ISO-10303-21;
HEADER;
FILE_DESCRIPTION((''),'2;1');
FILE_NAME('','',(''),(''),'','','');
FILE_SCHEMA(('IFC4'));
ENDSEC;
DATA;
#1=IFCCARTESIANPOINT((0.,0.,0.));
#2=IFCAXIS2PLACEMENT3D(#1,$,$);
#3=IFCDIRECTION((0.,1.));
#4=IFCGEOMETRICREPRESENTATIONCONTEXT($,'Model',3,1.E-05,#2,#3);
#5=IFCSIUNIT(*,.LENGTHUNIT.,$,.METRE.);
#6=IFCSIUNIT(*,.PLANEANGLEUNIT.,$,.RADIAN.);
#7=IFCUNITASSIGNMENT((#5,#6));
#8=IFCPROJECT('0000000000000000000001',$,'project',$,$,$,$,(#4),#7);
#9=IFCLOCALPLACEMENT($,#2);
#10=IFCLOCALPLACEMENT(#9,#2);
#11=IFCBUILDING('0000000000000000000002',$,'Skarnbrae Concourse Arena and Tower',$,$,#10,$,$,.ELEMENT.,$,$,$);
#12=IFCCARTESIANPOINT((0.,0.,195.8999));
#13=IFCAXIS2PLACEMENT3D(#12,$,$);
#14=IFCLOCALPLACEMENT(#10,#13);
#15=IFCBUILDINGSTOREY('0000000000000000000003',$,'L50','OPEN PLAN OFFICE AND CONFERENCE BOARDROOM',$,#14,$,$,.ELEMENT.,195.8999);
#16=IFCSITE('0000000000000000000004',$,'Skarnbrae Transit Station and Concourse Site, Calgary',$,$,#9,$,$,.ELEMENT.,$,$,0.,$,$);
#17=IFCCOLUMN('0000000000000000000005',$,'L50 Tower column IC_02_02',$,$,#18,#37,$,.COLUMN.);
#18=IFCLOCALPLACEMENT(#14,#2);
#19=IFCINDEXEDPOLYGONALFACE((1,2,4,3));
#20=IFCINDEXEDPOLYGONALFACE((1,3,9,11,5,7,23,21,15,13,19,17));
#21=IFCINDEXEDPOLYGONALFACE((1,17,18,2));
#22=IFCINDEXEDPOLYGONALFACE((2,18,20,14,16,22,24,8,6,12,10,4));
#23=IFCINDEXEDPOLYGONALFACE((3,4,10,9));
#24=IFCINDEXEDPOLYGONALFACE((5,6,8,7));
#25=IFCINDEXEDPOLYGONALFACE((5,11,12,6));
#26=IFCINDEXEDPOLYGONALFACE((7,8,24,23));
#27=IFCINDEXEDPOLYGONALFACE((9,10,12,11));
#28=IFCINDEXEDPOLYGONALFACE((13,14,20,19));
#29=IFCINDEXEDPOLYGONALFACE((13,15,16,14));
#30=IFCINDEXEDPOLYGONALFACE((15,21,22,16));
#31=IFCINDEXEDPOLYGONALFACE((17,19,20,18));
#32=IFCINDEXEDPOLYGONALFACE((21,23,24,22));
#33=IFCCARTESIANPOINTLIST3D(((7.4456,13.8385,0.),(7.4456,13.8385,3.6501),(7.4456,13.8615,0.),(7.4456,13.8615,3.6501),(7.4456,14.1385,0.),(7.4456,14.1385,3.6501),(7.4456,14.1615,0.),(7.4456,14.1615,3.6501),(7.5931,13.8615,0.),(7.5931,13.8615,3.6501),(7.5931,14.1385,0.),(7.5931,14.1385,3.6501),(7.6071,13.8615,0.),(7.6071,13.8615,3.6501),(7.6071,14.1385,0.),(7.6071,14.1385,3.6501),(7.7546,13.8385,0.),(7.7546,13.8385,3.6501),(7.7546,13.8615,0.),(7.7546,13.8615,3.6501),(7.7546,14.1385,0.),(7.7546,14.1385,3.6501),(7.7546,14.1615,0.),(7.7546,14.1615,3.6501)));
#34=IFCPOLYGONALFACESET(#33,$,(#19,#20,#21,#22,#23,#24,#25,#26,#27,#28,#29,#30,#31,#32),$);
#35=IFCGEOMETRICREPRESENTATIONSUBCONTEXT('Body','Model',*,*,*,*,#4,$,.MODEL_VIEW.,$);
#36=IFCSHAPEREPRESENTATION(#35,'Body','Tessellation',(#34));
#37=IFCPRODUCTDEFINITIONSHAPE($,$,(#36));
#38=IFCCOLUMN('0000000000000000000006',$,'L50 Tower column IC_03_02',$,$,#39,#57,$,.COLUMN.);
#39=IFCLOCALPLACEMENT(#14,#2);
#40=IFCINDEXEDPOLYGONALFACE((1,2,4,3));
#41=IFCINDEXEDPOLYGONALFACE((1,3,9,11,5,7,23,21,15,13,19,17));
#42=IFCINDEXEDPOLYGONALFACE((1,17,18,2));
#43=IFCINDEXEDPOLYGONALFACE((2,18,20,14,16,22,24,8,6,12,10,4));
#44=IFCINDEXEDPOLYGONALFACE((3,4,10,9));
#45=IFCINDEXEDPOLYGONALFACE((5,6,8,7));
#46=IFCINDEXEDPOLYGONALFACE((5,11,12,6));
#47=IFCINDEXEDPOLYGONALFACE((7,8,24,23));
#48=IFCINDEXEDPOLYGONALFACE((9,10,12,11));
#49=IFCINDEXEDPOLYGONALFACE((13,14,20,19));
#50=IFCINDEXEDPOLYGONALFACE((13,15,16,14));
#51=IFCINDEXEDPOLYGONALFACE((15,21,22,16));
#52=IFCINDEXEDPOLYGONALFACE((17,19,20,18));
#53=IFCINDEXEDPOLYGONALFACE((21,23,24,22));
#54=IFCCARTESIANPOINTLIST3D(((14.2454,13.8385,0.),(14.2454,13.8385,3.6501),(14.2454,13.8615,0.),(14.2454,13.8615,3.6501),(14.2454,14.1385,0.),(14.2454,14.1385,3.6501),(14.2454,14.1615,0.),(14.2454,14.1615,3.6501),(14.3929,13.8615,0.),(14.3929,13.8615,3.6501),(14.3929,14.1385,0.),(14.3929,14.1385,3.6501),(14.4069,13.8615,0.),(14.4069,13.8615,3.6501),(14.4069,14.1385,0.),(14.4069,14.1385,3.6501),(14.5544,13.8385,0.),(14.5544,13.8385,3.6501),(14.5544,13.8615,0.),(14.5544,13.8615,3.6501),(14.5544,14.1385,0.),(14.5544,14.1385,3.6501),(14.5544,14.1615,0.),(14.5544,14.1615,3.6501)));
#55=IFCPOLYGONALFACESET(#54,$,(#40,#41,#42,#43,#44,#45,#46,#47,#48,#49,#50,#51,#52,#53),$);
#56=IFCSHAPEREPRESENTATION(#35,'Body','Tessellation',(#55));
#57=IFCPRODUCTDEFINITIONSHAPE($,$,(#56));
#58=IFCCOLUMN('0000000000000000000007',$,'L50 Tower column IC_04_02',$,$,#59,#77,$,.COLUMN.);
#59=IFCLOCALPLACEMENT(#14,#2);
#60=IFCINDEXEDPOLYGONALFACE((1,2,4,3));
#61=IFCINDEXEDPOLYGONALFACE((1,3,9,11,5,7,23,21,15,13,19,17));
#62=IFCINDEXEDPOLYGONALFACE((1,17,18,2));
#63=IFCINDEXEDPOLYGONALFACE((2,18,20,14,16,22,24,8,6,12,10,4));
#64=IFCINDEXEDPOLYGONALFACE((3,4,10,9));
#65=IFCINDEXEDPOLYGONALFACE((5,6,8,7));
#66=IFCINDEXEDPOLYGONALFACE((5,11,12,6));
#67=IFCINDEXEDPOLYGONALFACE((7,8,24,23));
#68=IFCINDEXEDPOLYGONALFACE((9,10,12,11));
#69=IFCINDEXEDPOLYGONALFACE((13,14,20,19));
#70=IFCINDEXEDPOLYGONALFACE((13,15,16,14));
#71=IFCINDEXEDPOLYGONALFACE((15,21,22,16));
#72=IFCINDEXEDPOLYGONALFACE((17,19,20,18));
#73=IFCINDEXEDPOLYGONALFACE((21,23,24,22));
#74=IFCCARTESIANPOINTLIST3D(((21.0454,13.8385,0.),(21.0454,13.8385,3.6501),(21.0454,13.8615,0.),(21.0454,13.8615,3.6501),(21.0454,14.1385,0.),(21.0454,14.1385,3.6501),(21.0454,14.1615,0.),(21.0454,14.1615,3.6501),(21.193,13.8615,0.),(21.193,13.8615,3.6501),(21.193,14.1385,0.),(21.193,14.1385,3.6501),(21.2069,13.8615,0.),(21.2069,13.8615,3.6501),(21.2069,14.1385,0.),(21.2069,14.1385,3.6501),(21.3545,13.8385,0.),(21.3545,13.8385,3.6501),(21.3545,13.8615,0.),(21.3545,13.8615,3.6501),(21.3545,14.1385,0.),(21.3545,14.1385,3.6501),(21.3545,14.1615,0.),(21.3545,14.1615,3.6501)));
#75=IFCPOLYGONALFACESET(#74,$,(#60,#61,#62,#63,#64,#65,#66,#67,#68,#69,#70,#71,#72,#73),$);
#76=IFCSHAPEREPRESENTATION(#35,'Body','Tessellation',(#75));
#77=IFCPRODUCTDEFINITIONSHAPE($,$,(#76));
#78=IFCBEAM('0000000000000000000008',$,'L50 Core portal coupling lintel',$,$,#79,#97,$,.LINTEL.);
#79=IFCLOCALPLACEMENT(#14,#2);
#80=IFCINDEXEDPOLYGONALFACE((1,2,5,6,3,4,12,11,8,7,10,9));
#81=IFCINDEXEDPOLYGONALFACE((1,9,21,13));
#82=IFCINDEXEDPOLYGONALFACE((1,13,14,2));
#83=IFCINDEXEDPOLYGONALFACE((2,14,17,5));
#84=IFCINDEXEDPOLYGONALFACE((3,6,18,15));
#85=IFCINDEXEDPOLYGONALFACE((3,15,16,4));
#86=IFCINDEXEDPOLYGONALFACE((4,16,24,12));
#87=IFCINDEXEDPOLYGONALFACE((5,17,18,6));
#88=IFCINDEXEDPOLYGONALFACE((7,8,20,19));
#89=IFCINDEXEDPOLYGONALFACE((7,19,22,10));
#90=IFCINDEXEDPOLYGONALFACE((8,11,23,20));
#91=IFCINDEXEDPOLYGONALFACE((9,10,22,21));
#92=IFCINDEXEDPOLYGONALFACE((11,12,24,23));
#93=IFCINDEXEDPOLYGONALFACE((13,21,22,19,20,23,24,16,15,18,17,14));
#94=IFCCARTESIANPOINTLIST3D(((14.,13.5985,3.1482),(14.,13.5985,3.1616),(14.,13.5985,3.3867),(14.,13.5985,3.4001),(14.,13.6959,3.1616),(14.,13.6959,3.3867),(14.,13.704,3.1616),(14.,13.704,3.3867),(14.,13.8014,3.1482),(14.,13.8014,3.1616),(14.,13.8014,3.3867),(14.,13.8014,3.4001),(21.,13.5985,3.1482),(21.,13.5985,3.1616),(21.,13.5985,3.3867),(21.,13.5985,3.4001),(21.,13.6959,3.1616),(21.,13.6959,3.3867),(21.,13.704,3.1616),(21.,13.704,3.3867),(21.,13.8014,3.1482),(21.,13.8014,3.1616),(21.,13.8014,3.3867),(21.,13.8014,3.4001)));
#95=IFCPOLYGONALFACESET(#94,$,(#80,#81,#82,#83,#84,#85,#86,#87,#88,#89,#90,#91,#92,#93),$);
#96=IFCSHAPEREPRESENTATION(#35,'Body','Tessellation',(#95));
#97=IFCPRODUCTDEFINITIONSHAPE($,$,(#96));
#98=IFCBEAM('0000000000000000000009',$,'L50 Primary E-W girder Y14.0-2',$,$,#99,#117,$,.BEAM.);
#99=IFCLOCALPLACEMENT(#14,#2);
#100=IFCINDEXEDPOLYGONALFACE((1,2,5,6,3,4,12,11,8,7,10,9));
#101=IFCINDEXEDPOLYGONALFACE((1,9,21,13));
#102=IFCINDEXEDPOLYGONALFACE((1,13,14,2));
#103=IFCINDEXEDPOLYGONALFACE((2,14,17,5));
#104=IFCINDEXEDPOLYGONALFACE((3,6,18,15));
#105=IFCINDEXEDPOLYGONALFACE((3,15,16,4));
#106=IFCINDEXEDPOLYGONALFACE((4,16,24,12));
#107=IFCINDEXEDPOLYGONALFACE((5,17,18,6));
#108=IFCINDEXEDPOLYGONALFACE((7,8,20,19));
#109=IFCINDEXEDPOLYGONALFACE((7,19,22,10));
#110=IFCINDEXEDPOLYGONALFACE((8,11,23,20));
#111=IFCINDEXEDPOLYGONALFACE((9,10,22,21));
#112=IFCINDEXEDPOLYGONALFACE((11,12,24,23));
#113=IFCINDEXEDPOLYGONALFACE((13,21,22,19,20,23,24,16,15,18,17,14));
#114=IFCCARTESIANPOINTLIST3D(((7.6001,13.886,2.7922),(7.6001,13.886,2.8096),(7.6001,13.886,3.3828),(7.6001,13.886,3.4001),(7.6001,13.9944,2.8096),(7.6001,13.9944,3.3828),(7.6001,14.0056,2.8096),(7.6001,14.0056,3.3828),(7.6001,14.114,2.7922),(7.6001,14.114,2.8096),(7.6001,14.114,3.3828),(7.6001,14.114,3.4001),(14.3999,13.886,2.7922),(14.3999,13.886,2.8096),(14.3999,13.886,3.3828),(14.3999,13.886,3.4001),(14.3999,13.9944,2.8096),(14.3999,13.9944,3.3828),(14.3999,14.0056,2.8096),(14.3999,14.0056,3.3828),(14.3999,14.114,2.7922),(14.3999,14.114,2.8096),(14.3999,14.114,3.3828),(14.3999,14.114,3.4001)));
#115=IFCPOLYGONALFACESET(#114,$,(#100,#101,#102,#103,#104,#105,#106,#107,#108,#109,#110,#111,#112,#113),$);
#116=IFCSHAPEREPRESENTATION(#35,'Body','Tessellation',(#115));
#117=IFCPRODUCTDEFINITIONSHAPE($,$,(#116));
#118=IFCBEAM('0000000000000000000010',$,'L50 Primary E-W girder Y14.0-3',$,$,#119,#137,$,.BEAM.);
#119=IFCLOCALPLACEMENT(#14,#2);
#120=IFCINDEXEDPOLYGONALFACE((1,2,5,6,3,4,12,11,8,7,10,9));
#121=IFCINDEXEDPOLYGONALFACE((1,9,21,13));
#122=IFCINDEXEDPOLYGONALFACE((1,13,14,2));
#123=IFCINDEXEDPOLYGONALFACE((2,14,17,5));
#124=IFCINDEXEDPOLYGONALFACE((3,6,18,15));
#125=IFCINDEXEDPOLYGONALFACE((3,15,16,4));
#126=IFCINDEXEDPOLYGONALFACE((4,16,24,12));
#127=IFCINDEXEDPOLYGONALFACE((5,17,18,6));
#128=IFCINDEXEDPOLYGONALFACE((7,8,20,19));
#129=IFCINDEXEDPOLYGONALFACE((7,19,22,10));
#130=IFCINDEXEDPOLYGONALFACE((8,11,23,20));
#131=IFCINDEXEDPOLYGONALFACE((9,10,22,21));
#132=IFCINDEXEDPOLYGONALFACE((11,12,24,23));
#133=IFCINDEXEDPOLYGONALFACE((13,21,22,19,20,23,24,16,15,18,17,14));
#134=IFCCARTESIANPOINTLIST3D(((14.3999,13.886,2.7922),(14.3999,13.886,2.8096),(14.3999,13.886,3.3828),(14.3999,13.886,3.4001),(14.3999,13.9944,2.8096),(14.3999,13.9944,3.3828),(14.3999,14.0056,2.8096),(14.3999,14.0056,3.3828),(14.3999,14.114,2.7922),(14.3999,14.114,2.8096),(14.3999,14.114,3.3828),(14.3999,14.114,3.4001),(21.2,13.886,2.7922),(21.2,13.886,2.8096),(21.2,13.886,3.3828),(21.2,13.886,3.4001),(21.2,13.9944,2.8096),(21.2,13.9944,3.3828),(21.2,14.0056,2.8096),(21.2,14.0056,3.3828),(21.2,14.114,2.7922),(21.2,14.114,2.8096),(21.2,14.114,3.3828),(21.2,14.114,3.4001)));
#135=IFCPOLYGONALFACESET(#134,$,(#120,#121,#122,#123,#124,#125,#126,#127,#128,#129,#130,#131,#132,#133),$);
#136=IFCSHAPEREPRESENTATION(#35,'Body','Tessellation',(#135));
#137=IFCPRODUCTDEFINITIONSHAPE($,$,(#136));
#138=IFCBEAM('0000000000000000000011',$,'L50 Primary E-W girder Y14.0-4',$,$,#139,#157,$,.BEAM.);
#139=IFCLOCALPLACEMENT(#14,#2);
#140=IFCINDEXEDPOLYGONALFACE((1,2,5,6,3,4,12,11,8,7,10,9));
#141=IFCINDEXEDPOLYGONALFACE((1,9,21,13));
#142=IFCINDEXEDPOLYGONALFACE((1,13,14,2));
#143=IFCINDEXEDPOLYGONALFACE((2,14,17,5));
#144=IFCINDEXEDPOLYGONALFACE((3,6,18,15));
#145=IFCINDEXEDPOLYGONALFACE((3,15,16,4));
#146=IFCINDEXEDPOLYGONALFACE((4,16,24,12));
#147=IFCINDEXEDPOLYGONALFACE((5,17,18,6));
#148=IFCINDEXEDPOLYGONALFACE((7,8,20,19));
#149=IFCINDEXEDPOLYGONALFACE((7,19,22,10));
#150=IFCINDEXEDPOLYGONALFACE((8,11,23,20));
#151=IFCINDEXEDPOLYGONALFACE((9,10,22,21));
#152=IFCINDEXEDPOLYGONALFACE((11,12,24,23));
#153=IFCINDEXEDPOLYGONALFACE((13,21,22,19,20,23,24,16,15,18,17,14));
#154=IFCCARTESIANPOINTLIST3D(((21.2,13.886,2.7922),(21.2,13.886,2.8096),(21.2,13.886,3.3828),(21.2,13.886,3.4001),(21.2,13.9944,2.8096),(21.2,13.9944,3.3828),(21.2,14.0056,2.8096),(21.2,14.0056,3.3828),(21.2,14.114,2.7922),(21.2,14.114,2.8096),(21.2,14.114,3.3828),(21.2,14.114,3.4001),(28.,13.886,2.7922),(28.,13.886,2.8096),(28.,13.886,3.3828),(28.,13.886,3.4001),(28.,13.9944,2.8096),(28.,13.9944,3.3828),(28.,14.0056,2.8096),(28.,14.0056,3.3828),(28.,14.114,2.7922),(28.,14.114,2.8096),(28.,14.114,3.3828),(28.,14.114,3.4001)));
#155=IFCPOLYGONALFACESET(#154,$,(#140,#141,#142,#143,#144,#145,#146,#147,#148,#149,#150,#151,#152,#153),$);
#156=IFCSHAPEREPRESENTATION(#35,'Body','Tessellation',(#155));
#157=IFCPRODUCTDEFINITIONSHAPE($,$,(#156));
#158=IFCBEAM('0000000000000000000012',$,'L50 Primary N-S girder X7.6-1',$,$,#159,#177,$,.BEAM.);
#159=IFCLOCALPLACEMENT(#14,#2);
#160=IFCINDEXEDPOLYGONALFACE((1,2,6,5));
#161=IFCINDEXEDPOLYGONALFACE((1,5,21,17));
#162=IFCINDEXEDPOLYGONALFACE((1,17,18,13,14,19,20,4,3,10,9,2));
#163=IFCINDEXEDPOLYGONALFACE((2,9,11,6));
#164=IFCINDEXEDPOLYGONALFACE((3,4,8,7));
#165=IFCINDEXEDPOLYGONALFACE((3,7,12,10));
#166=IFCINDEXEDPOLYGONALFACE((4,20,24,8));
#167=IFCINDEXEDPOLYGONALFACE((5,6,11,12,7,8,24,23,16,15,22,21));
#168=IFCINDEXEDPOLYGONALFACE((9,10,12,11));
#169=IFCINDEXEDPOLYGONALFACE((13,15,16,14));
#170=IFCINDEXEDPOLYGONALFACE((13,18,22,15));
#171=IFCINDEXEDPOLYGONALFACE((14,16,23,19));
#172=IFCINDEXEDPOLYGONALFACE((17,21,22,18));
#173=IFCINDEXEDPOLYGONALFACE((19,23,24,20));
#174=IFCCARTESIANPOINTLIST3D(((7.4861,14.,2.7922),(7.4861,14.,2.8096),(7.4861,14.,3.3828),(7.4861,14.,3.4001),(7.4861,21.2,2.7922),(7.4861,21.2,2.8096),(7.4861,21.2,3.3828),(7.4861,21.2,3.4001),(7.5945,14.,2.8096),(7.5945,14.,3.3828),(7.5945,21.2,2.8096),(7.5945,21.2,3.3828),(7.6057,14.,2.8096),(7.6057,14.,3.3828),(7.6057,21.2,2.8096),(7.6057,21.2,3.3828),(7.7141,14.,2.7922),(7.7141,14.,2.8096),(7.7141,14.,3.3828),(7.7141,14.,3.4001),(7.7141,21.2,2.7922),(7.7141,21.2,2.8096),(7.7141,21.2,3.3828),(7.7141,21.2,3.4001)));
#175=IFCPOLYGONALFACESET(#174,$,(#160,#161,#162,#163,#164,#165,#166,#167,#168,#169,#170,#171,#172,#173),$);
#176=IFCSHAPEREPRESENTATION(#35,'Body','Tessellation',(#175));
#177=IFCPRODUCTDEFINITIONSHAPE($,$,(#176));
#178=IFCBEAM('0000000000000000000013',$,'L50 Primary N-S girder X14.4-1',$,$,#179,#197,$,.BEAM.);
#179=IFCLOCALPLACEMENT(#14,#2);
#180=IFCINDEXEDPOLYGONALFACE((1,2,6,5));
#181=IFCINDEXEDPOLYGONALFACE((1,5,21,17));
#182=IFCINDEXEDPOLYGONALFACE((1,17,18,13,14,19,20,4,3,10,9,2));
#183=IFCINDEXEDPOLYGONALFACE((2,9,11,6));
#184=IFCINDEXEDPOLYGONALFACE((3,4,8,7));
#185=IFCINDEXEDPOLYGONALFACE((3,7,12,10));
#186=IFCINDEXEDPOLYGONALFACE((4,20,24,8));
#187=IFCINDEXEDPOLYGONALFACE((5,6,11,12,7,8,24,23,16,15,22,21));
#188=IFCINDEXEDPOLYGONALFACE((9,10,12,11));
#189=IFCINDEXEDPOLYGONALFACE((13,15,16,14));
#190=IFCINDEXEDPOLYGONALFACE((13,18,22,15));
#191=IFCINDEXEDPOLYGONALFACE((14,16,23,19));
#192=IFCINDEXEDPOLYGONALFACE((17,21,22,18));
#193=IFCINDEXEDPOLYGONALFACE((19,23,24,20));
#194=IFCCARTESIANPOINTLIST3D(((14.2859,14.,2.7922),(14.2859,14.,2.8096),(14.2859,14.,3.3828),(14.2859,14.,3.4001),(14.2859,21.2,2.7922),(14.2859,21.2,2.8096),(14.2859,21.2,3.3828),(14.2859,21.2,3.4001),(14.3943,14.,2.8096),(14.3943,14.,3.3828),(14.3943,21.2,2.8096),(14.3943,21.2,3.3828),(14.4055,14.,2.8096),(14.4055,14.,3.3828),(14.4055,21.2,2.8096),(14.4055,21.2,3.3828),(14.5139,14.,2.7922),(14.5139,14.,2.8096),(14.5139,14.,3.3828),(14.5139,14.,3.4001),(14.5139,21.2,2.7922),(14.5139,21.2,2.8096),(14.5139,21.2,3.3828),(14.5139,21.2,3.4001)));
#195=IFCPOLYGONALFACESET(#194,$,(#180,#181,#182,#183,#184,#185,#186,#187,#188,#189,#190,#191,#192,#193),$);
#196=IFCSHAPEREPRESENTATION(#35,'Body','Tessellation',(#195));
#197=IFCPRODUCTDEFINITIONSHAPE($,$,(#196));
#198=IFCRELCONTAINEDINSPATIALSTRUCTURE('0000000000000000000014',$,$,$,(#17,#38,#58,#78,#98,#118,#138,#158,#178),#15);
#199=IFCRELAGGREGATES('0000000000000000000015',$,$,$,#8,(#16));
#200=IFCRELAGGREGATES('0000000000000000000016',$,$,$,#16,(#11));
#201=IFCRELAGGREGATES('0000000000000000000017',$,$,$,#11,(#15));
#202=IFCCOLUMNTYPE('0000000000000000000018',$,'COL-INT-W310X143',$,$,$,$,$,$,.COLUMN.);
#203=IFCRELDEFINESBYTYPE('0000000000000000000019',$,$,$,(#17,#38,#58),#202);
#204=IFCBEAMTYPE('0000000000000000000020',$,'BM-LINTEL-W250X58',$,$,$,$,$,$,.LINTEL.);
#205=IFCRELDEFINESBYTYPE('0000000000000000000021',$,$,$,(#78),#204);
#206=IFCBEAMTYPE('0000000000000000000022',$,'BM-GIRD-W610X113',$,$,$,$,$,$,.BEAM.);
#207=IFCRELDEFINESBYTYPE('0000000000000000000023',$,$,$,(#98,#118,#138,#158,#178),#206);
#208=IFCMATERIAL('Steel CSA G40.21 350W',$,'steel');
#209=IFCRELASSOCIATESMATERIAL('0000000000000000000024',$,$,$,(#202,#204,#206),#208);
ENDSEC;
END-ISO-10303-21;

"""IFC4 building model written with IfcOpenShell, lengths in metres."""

from ifc_helpers import new_model, si_unit, direction, frame, origin, origin_2d, place, context, subcontext, project, spatial, i_section, extrude, source, transform, mapped, material, material_profile, profile_set, type_object, element, save


model = new_model("IFC4")

# Units and contexts
model_context = context("Model", 3, precision=1e-05, world=origin(), true_north=direction((0.0, 1.0)))
body_context = subcontext(model_context, "Body", "Model", "MODEL_VIEW")
ifc_project = project(units=[si_unit("LENGTHUNIT", "METRE"), si_unit("PLANEANGLEUNIT", "RADIAN")], contexts=[model_context])

# Site, building, storey
site_placement = place(None, origin())
site = spatial("IfcSite", under=ifc_project, at=site_placement, Name="Skarnbrae Transit Station and Concourse Site, Calgary", CompositionType="ELEMENT", RefElevation=0.0)
building_placement = place(site_placement, origin())
building = spatial("IfcBuilding", under=site, at=building_placement, Name="Skarnbrae Concourse Arena and Tower", CompositionType="ELEMENT")
storey_placement = place(building_placement, frame((0.0, 0.0, 195.8999)))
storey = spatial("IfcBuildingStorey", under=building, at=storey_placement, Name="L50", Description="OPEN PLAN OFFICE AND CONFERENCE BOARDROOM", CompositionType="ELEMENT", Elevation=195.8999)

# Columns
ifc_material_1 = material(Name="Steel CSA G40.21 350W", Category="steel")
ifc_material_profile_1 = material_profile(ifc_material_1, i_section(OverallWidth=0.3091, OverallDepth=0.323, WebThickness=0.0139, FlangeThickness=0.0229, at=origin_2d()), Name="W310X143")
ifc_profile_set_1 = profile_set([ifc_material_profile_1], Name="Steel CSA G40.21 350W")
column_type = type_object("IfcColumnType", Name="COL-INT-W310X143", PredefinedType="COLUMN", material=ifc_profile_set_1)
shared_shape_1 = source(origin(), body_context, "Body", "SweptSolid", [
    extrude(i_section(OverallWidth=0.3091, OverallDepth=0.323, WebThickness=0.0139, FlangeThickness=0.0229, at=origin_2d()), origin(), (0.0, 0.0, 1.0), 3.6501),
])
for number, where, z_axis, x_axis, name in (
    (1, (7.6001, 14.0, 0.0), (0.0, 0.0, 1.0), (1.0, 0.0, 0.0), "L50 Tower column IC_02_02"),
    (2, (14.3999, 14.0, 0.0), (0.0, 0.0, 1.0), (1.0, 0.0, 0.0), "L50 Tower column IC_03_02"),
    (3, (21.2, 14.0, 0.0), (0.0, 0.0, 1.0), (1.0, 0.0, 0.0), "L50 Tower column IC_04_02"),
):
    element("IfcColumn", number, at=place(storey_placement, frame(where, z_axis=z_axis, x_axis=x_axis)), inside=storey, type_object=column_type, Name=name, PredefinedType="COLUMN", context=body_context, shape_type="MappedRepresentation", body=[
        mapped(shared_shape_1, transform((0.0, 0.0, 0.0))),
    ])

# Beams
ifc_material_profile_2 = material_profile(ifc_material_1, i_section(OverallWidth=0.2029, OverallDepth=0.252, WebThickness=0.0081, FlangeThickness=0.0134, at=origin_2d()), Name="W250X58")
ifc_profile_set_2 = profile_set([ifc_material_profile_2], Name="Steel CSA G40.21 350W")
beam_type_1 = type_object("IfcBeamType", Name="BM-LINTEL-W250X58", PredefinedType="LINTEL", material=ifc_profile_set_2)
shared_shape_2 = source(origin(), body_context, "Body", "SweptSolid", [
    extrude(i_section(OverallWidth=0.2029, OverallDepth=0.252, WebThickness=0.0081, FlangeThickness=0.0134, at=origin_2d()), origin(), (0.0, 0.0, 1.0), 7.0),
])
beam_1_placement = place(storey_placement, frame((14.0, 13.7, 3.2742), z_axis=(1.0, 0.0, 0.0), x_axis=(0.0, 1.0, 0.0)))
element("IfcBeam", 4, at=beam_1_placement, inside=storey, type_object=beam_type_1, Name="L50 Core portal coupling lintel", PredefinedType="LINTEL", context=body_context, shape_type="MappedRepresentation", body=[
    mapped(shared_shape_2, transform((0.0, 0.0, 0.0))),
])
ifc_material_profile_3 = material_profile(ifc_material_1, i_section(OverallWidth=0.228, OverallDepth=0.6079, WebThickness=0.0112, FlangeThickness=0.0173, at=origin_2d()), Name="W610X113")
ifc_profile_set_3 = profile_set([ifc_material_profile_3], Name="Steel CSA G40.21 350W")
beam_type_2 = type_object("IfcBeamType", Name="BM-GIRD-W610X113", PredefinedType="BEAM", material=ifc_profile_set_3)
shared_shape_3 = source(origin(), body_context, "Body", "SweptSolid", [
    extrude(i_section(OverallWidth=0.228, OverallDepth=0.6079, WebThickness=0.0112, FlangeThickness=0.0173, at=origin_2d()), origin(), (0.0, 0.0, 1.0), 6.7998),
])
beam_2_placement = place(storey_placement, frame((7.6001, 14.0, 3.0962), z_axis=(1.0, 0.0, 0.0), x_axis=(0.0, 1.0, 0.0)))
element("IfcBeam", 5, at=beam_2_placement, inside=storey, type_object=beam_type_2, Name="L50 Primary E-W girder Y14.0-2", PredefinedType="BEAM", context=body_context, shape_type="MappedRepresentation", body=[
    mapped(shared_shape_3, transform((0.0, 0.0, 0.0))),
])
shared_shape_4 = source(origin(), body_context, "Body", "SweptSolid", [
    extrude(i_section(OverallWidth=0.228, OverallDepth=0.6079, WebThickness=0.0112, FlangeThickness=0.0173, at=origin_2d()), origin(), (0.0, 0.0, 1.0), 6.8),
])
for number, where, z_axis, x_axis, name in (
    (6, (14.3999, 14.0, 3.0962), (1.0, 0.0, 0.0), (0.0, 1.0, 0.0), "L50 Primary E-W girder Y14.0-3"),
    (7, (21.2, 14.0, 3.0962), (1.0, 0.0, 0.0), (0.0, 1.0, 0.0), "L50 Primary E-W girder Y14.0-4"),
):
    element("IfcBeam", number, at=place(storey_placement, frame(where, z_axis=z_axis, x_axis=x_axis)), inside=storey, type_object=beam_type_2, Name=name, PredefinedType="BEAM", context=body_context, shape_type="MappedRepresentation", body=[
        mapped(shared_shape_4, transform((0.0, 0.0, 0.0))),
    ])
shared_shape_5 = source(origin(), body_context, "Body", "SweptSolid", [
    extrude(i_section(OverallWidth=0.228, OverallDepth=0.6079, WebThickness=0.0112, FlangeThickness=0.0173, at=origin_2d()), origin(), (0.0, 0.0, 1.0), 7.2),
])
for number, where, z_axis, x_axis, name in (
    (8, (7.6001, 14.0, 3.0962), (0.0, 1.0, 0.0), (-1.0, 0.0, 0.0), "L50 Primary N-S girder X7.6-1"),
    (9, (14.3999, 14.0, 3.0962), (0.0, 1.0, 0.0), (-1.0, 0.0, 0.0), "L50 Primary N-S girder X14.4-1"),
):
    element("IfcBeam", number, at=place(storey_placement, frame(where, z_axis=z_axis, x_axis=x_axis)), inside=storey, type_object=beam_type_2, Name=name, PredefinedType="BEAM", context=body_context, shape_type="MappedRepresentation", body=[
        mapped(shared_shape_5, transform((0.0, 0.0, 0.0))),
    ])

save(model, "model.ifc")
